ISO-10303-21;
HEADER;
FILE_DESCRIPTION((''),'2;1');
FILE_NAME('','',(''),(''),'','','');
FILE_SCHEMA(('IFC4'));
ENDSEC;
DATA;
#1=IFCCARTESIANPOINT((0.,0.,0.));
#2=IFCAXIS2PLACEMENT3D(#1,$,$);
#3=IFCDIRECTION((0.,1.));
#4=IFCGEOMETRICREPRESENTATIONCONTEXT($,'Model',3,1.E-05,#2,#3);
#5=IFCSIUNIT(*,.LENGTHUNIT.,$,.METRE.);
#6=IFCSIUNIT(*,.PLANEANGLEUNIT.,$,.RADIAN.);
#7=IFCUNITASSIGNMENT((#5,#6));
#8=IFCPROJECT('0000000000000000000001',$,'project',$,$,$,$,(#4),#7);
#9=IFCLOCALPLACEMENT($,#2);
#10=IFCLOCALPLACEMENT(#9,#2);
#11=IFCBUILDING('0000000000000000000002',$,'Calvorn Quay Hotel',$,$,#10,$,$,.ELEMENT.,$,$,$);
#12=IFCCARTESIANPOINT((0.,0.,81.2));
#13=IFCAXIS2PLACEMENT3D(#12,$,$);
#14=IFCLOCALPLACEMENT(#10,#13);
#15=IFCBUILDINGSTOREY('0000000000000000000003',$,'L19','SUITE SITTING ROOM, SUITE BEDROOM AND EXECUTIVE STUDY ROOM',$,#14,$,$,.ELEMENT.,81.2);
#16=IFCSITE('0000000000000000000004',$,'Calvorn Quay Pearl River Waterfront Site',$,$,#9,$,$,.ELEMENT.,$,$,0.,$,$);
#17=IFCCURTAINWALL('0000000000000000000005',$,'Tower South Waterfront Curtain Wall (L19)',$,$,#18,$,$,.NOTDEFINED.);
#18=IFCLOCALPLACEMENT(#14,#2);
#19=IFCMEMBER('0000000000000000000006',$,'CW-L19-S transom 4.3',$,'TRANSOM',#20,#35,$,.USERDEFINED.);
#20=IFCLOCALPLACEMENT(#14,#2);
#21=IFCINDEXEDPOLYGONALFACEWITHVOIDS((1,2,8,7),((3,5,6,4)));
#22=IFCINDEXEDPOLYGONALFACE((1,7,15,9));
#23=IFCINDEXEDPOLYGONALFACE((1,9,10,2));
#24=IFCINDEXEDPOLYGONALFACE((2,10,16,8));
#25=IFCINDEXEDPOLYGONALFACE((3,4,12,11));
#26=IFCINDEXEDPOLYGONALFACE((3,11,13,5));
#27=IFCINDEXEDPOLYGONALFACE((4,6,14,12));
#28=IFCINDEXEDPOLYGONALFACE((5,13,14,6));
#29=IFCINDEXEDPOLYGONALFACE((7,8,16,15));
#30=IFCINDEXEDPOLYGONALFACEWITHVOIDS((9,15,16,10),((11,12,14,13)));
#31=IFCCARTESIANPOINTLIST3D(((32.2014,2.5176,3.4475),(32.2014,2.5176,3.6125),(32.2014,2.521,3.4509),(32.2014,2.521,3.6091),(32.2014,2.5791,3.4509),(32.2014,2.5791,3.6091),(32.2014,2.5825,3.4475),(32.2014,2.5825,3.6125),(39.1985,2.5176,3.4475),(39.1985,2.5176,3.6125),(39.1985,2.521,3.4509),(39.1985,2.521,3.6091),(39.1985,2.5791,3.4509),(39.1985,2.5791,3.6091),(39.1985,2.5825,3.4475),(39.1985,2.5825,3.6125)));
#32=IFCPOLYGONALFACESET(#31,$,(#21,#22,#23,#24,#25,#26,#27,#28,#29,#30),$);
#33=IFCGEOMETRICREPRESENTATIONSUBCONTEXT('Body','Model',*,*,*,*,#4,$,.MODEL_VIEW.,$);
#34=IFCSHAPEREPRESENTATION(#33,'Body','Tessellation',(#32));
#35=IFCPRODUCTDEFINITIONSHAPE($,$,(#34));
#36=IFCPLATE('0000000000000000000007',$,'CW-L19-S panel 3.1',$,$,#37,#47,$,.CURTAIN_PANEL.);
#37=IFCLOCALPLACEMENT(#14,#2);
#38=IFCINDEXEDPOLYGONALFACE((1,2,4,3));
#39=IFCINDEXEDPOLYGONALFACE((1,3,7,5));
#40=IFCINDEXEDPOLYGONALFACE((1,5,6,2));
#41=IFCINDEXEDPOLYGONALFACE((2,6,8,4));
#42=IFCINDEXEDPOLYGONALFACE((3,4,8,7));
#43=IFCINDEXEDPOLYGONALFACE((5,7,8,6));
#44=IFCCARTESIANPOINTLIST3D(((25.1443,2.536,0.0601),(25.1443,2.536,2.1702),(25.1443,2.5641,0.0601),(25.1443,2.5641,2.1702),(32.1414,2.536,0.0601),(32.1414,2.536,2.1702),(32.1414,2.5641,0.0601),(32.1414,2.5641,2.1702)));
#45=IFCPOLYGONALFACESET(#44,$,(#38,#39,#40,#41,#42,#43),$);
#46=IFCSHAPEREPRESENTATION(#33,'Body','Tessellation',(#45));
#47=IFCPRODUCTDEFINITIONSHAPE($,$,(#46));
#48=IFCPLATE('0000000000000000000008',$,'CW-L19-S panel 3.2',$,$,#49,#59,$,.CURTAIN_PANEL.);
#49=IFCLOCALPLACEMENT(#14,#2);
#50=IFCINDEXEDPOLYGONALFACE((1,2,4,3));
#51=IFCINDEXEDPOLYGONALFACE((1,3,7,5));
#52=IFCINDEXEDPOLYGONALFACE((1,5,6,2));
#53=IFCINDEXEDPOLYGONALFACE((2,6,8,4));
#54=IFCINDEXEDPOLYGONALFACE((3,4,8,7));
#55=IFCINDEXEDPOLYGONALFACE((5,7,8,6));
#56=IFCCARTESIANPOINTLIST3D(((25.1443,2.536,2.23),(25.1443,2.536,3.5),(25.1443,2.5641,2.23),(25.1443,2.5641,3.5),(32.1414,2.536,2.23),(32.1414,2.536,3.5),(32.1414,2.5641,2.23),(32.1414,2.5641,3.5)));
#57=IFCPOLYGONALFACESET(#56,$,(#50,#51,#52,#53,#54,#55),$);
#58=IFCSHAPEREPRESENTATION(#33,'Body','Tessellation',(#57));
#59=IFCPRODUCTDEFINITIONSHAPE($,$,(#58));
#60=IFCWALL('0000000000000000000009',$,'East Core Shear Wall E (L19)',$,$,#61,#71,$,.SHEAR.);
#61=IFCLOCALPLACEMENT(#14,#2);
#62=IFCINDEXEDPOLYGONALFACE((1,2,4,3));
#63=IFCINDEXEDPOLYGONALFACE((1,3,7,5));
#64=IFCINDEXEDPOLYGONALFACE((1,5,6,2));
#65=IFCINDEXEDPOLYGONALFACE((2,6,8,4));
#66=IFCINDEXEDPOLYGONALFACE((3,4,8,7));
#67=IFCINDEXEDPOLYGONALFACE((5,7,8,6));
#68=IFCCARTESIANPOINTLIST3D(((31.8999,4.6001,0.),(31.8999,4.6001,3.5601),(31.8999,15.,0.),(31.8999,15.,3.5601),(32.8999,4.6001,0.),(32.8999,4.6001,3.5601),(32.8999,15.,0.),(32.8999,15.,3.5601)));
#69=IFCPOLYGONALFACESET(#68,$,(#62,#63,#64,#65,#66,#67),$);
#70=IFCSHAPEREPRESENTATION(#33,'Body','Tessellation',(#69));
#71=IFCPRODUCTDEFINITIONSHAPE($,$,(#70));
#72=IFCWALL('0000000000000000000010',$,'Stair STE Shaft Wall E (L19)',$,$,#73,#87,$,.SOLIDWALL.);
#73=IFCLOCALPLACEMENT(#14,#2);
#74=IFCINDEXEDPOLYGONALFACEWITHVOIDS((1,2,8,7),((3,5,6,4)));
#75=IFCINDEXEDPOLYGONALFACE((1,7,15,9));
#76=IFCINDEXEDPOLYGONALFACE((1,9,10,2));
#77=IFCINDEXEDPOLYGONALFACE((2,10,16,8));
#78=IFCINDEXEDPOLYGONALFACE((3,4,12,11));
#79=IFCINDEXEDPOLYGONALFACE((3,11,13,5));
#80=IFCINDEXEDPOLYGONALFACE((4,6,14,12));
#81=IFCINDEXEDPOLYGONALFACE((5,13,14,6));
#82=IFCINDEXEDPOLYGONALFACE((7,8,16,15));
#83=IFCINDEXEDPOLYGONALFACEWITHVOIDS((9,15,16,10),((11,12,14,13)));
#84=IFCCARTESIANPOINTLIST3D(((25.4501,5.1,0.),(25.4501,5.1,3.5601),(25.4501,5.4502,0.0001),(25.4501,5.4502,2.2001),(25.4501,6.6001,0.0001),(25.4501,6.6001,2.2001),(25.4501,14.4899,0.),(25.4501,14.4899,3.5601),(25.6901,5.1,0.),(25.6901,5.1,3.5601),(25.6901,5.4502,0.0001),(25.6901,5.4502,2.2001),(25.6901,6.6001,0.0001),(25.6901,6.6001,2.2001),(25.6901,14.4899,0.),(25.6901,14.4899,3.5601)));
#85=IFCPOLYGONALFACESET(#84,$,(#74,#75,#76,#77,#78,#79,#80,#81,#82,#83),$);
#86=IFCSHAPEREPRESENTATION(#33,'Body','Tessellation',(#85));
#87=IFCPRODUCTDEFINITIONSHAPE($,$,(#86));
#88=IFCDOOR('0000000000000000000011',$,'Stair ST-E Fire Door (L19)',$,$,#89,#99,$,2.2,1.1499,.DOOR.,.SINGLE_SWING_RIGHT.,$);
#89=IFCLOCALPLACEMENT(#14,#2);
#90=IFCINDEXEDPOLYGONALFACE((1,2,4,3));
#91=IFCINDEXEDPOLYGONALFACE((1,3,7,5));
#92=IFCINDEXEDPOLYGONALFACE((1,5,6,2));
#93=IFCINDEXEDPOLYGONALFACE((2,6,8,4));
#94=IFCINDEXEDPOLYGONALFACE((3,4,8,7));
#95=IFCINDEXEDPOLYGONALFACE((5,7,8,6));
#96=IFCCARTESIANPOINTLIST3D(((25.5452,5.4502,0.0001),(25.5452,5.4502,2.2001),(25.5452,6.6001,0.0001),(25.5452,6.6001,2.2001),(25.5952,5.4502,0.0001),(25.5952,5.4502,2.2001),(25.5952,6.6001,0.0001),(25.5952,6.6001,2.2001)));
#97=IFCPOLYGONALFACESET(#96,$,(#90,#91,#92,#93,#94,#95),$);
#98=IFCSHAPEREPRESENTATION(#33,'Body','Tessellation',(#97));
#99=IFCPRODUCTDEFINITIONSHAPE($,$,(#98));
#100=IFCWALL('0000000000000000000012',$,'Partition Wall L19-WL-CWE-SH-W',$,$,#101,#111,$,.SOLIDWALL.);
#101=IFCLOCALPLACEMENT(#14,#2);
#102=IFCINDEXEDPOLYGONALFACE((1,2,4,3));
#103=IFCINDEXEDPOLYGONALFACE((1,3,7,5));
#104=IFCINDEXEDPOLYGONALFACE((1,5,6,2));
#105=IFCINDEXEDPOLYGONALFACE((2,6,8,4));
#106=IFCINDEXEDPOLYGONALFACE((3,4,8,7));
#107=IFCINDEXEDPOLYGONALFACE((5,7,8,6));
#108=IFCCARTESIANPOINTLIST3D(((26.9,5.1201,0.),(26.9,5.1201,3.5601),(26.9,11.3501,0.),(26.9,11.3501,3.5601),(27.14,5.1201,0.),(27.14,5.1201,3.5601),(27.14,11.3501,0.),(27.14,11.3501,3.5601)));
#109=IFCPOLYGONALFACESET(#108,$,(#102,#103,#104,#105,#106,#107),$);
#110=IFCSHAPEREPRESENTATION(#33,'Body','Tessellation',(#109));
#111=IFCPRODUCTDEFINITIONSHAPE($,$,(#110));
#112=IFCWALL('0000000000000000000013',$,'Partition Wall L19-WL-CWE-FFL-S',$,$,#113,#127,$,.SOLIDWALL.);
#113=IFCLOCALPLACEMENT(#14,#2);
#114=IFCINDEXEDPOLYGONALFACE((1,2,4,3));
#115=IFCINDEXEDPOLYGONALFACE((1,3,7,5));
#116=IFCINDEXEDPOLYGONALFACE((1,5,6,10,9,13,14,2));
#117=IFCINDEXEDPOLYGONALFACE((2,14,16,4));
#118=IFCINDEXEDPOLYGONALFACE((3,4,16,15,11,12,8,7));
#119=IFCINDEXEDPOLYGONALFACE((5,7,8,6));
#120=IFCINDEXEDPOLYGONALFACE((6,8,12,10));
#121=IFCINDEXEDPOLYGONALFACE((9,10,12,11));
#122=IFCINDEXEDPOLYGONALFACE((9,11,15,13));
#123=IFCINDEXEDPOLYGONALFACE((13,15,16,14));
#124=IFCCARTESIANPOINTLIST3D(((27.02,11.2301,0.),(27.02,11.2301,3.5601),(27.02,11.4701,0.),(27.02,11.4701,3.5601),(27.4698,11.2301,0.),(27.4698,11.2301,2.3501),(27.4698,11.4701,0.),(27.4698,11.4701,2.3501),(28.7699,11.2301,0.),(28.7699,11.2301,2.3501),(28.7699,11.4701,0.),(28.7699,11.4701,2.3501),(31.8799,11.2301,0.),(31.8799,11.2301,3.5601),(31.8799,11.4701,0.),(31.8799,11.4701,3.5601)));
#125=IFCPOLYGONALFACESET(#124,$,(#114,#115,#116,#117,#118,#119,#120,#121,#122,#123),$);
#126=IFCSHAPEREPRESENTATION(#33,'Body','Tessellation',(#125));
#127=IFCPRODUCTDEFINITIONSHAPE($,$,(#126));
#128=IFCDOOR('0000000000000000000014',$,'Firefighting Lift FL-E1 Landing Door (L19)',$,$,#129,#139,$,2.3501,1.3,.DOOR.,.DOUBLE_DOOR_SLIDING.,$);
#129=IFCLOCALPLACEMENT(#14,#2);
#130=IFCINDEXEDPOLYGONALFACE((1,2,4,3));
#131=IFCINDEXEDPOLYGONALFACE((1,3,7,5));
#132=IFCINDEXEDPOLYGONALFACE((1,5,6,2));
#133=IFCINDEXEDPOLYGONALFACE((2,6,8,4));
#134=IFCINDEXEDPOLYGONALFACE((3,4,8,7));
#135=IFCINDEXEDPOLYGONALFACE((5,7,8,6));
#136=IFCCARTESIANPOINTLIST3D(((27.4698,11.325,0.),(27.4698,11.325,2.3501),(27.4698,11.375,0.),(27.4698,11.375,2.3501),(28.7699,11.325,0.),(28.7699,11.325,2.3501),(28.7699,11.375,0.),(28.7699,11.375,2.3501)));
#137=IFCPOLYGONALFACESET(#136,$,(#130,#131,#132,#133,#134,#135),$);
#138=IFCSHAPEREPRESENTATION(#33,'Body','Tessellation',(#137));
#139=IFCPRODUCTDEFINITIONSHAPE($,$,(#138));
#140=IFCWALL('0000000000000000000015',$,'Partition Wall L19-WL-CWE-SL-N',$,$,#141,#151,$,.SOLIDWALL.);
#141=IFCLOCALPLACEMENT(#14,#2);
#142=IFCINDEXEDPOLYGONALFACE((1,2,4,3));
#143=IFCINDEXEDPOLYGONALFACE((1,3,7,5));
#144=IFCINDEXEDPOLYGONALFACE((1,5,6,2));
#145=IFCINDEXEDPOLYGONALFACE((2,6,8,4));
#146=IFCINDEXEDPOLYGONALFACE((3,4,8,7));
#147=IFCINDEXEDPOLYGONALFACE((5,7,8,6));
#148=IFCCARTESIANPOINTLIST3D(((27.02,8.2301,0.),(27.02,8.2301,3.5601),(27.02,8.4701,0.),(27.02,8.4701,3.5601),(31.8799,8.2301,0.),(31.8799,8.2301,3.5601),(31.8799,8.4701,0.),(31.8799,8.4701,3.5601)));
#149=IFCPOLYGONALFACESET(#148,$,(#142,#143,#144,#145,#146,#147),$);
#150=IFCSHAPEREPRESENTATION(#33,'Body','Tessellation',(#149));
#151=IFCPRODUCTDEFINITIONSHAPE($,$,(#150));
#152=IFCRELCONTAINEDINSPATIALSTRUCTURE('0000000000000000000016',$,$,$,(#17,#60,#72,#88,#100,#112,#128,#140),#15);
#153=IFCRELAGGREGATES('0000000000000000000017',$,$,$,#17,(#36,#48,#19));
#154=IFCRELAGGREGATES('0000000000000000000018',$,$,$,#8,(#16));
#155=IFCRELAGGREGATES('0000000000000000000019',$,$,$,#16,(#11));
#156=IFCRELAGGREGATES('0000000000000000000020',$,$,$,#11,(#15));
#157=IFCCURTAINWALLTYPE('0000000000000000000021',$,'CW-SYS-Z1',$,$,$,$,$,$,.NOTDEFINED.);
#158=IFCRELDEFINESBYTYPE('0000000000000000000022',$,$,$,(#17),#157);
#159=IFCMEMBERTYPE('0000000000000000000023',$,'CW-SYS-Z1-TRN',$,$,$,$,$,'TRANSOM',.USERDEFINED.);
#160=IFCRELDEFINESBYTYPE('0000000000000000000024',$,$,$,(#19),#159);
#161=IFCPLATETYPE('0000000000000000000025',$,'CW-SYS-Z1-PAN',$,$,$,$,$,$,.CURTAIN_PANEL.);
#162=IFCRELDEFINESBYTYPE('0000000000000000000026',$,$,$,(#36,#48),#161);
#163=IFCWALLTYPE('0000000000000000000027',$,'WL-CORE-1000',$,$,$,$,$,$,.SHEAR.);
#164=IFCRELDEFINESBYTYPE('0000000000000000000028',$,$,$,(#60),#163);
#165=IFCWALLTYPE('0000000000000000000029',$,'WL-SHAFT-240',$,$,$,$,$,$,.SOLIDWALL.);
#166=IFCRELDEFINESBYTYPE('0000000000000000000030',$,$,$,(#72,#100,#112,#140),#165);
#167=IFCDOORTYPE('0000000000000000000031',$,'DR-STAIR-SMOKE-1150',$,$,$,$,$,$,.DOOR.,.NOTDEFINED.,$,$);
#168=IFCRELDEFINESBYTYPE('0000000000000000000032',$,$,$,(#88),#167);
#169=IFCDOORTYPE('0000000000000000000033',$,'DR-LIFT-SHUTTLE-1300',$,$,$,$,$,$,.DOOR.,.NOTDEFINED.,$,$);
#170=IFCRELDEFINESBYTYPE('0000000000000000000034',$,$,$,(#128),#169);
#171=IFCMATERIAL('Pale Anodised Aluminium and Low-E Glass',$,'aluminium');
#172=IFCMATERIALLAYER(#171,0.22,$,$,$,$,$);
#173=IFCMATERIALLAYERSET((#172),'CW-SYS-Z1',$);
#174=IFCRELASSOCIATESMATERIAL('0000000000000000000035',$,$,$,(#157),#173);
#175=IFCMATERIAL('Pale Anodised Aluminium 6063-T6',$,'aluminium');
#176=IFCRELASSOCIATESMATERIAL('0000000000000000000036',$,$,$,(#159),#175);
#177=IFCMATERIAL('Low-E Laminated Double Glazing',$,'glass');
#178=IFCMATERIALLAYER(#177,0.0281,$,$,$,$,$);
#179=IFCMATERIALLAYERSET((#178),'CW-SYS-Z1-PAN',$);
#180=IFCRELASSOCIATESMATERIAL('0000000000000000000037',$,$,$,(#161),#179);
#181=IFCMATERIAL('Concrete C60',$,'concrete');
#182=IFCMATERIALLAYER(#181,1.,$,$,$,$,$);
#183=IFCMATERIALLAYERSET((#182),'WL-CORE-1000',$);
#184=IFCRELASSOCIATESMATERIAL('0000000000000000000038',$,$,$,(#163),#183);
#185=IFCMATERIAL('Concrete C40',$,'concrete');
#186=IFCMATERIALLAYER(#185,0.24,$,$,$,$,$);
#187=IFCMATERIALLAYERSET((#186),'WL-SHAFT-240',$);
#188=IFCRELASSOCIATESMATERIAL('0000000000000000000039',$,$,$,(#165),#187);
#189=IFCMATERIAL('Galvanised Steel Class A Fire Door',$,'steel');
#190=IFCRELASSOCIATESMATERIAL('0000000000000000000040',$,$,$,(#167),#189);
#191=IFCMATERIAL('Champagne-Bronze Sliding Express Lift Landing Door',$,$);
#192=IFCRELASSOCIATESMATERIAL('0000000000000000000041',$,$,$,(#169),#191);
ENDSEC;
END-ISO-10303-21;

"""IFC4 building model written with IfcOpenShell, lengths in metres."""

from ifc_helpers import new_model, si_unit, direction, frame, frame_2d, origin, origin_2d, place, context, subcontext, project, spatial, rectangle, hollow_rectangle, extrude, material, layer, layer_set, material_profile, profile_set, type_object, element, fill, aggregate, save


model = new_model("IFC4")

# Units and contexts
model_context = context("Model", 3, precision=1e-05, world=origin(), true_north=direction((0.0, 1.0)))
body_context = subcontext(model_context, "Body", "Model", "MODEL_VIEW")
ifc_project = project(units=[si_unit("LENGTHUNIT", "METRE"), si_unit("PLANEANGLEUNIT", "RADIAN")], contexts=[model_context])

# Site, building, storey
site_placement = place(None, origin())
site = spatial("IfcSite", under=ifc_project, at=site_placement, Name="Calvorn Quay Pearl River Waterfront Site", CompositionType="ELEMENT", RefElevation=0.0)
building_placement = place(site_placement, origin())
building = spatial("IfcBuilding", under=site, at=building_placement, Name="Calvorn Quay Hotel", CompositionType="ELEMENT")
storey_placement = place(building_placement, frame((0.0, 0.0, 81.2)))
storey = spatial("IfcBuildingStorey", under=building, at=storey_placement, Name="L19", Description="SUITE SITTING ROOM, SUITE BEDROOM AND EXECUTIVE STUDY ROOM", CompositionType="ELEMENT", Elevation=81.2)

# Curtain wall, member, plates
ifc_material_1 = material(Name="Pale Anodised Aluminium and Low-E Glass", Category="aluminium")
ifc_layer_1 = layer(ifc_material_1, 0.22)
ifc_layer_set_1 = layer_set([ifc_layer_1], Name="CW-SYS-Z1")
curtain_wall_type = type_object("IfcCurtainWallType", Name="CW-SYS-Z1", PredefinedType="NOTDEFINED", material=ifc_layer_set_1)
curtain_wall_placement = place(storey_placement, origin())
curtain_wall = element("IfcCurtainWall", 1, at=curtain_wall_placement, inside=storey, type_object=curtain_wall_type, Name="Tower South Waterfront Curtain Wall (L19)", PredefinedType="NOTDEFINED")
ifc_material_2 = material(Name="Pale Anodised Aluminium 6063-T6", Category="aluminium")
ifc_material_profile_1 = material_profile(ifc_material_2, hollow_rectangle(XDim=0.0649, YDim=0.165, WallThickness=0.0034, at=origin_2d()), Name="ALU-T165x65x3.5")
ifc_profile_set_1 = profile_set([ifc_material_profile_1], Name="Pale Anodised Aluminium 6063-T6")
member_type_1 = type_object("IfcMemberType", Name="CW-SYS-Z1-TRN", ElementType="TRANSOM", PredefinedType="USERDEFINED", material=ifc_profile_set_1)
member_1_placement = place(storey_placement, frame((32.2014, 2.55, 3.53), z_axis=(1.0, 0.0, 0.0), x_axis=(0.0, 1.0, 0.0)))
member_1 = element("IfcMember", 2, at=member_1_placement, type_object=member_type_1, Name="CW-L19-S transom 4.3", ObjectType="TRANSOM", PredefinedType="USERDEFINED", context=body_context, shape_type="SweptSolid", body=[
    extrude(hollow_rectangle(XDim=0.0649, YDim=0.165, WallThickness=0.0034, at=origin_2d()), origin(), (0.0, 0.0, 1.0), 6.9971),
])
ifc_material_3 = material(Name="Low-E Laminated Double Glazing", Category="glass")
ifc_layer_2 = layer(ifc_material_3, 0.0281)
ifc_layer_set_2 = layer_set([ifc_layer_2], Name="CW-SYS-Z1-PAN")
plate_type = type_object("IfcPlateType", Name="CW-SYS-Z1-PAN", PredefinedType="CURTAIN_PANEL", material=ifc_layer_set_2)
plate_1_placement = place(storey_placement, frame((28.6428, 2.55, 0.0601), z_axis=(0.0, 0.0, 1.0), x_axis=(1.0, 0.0, 0.0)))
plate_1 = element("IfcPlate", 3, at=plate_1_placement, type_object=plate_type, Name="CW-L19-S panel 3.1", PredefinedType="CURTAIN_PANEL", context=body_context, shape_type="SweptSolid", body=[
    extrude(rectangle(XDim=6.9971, YDim=0.0281, at=origin_2d()), origin(), (0.0, 0.0, 1.0), 2.1101),
])
plate_2_placement = place(storey_placement, frame((28.6428, 2.55, 2.23), z_axis=(0.0, 0.0, 1.0), x_axis=(1.0, 0.0, 0.0)))
plate_2 = element("IfcPlate", 4, at=plate_2_placement, type_object=plate_type, Name="CW-L19-S panel 3.2", PredefinedType="CURTAIN_PANEL", context=body_context, shape_type="SweptSolid", body=[
    extrude(rectangle(XDim=6.9971, YDim=0.0281, at=origin_2d()), origin(), (0.0, 0.0, 1.0), 1.27),
])
aggregate(curtain_wall, [plate_1, plate_2, member_1])

# Wall
ifc_material_4 = material(Name="Concrete C60", Category="concrete")
ifc_layer_3 = layer(ifc_material_4, 1.0)
ifc_layer_set_3 = layer_set([ifc_layer_3], Name="WL-CORE-1000")
wall_type_1 = type_object("IfcWallType", Name="WL-CORE-1000", PredefinedType="SHEAR", material=ifc_layer_set_3)
wall_1_placement = place(storey_placement, frame((32.3999, 4.6001, 0.0), z_axis=(0.0, 0.0, 1.0), x_axis=(0.0, 1.0, 0.0)))
element("IfcWall", 5, at=wall_1_placement, inside=storey, type_object=wall_type_1, Name="East Core Shear Wall E (L19)", PredefinedType="SHEAR", context=body_context, shape_type="SweptSolid", body=[
    extrude(rectangle(XDim=10.3999, YDim=1.0, at=frame_2d((5.2, 0.0))), origin(), (0.0, 0.0, 1.0), 3.5601),
])

# Wall, opening, door
ifc_material_5 = material(Name="Concrete C40", Category="concrete")
ifc_layer_4 = layer(ifc_material_5, 0.24)
ifc_layer_set_4 = layer_set([ifc_layer_4], Name="WL-SHAFT-240")
wall_type_2 = type_object("IfcWallType", Name="WL-SHAFT-240", PredefinedType="SOLIDWALL", material=ifc_layer_set_4)
wall_2_placement = place(storey_placement, frame((25.5701, 5.1001, 0.0), z_axis=(0.0, 0.0, 1.0), x_axis=(0.0, 1.0, 0.0)))
wall_2 = element("IfcWall", 6, at=wall_2_placement, inside=storey, type_object=wall_type_2, Name="Stair STE Shaft Wall E (L19)", PredefinedType="SOLIDWALL", context=body_context, shape_type="SweptSolid", body=[
    extrude(rectangle(XDim=9.3899, YDim=0.24, at=frame_2d((4.6948, 0.0))), origin(), (0.0, 0.0, 1.0), 3.5601),
])
opening_1_placement = place(wall_2_placement, frame((0.3501, 0.0, 0.0)))
opening_1 = element("IfcOpeningElement", 7, at=opening_1_placement, cuts=wall_2, PredefinedType="OPENING", context=body_context, shape_type="SweptSolid", body=[
    extrude(rectangle(XDim=1.1499, YDim=2.2, at=frame_2d((0.575, 1.1001))), frame((0.0, 0.1299, 0.0), z_axis=(0.0, -1.0, 0.0), x_axis=(1.0, 0.0, 0.0)), (0.0, 0.0, 1.0), 0.26),
])
ifc_material_6 = material(Name="Galvanised Steel Class A Fire Door", Category="steel")
door_type_1 = type_object("IfcDoorType", Name="DR-STAIR-SMOKE-1150", OperationType="NOTDEFINED", PredefinedType="DOOR", material=ifc_material_6)
door_1_placement = place(opening_1_placement, origin())
door_1 = element("IfcDoor", 8, at=door_1_placement, inside=storey, type_object=door_type_1, Name="Stair ST-E Fire Door (L19)", OperationType="SINGLE_SWING_RIGHT", OverallHeight=2.2, OverallWidth=1.1499, PredefinedType="DOOR", context=body_context, shape_type="SweptSolid", body=[
    extrude(rectangle(XDim=1.1499, YDim=2.2, at=frame_2d((0.575, 1.1001))), frame((0.0, 0.0249, 0.0), z_axis=(0.0, -1.0, 0.0), x_axis=(1.0, 0.0, 0.0)), (0.0, 0.0, 1.0), 0.05),
])
fill(opening_1, door_1)

# Wall
wall_3_placement = place(storey_placement, frame((27.02, 5.1201, 0.0), z_axis=(0.0, 0.0, 1.0), x_axis=(0.0, 1.0, 0.0)))
element("IfcWall", 9, at=wall_3_placement, inside=storey, type_object=wall_type_2, Name="Partition Wall L19-WL-CWE-SH-W", PredefinedType="SOLIDWALL", context=body_context, shape_type="SweptSolid", body=[
    extrude(rectangle(XDim=6.23, YDim=0.24, at=frame_2d((3.115, 0.0))), origin(), (0.0, 0.0, 1.0), 3.5601),
])

# Wall, opening, door
wall_4_placement = place(storey_placement, frame((27.02, 11.3501, 0.0), z_axis=(0.0, 0.0, 1.0), x_axis=(1.0, 0.0, 0.0)))
wall_4 = element("IfcWall", 10, at=wall_4_placement, inside=storey, type_object=wall_type_2, Name="Partition Wall L19-WL-CWE-FFL-S", PredefinedType="SOLIDWALL", context=body_context, shape_type="SweptSolid", body=[
    extrude(rectangle(XDim=4.8599, YDim=0.24, at=frame_2d((2.4299, 0.0))), origin(), (0.0, 0.0, 1.0), 3.5601),
])
opening_2_placement = place(wall_4_placement, frame((0.45, 0.0, 0.0)))
opening_2 = element("IfcOpeningElement", 11, at=opening_2_placement, cuts=wall_4, PredefinedType="OPENING", context=body_context, shape_type="SweptSolid", body=[
    extrude(rectangle(XDim=1.3, YDim=2.3501, at=frame_2d((0.6499, 1.175))), frame((0.0, 0.1299, 0.0), z_axis=(0.0, -1.0, 0.0), x_axis=(1.0, 0.0, 0.0)), (0.0, 0.0, 1.0), 0.26),
])
ifc_material_7 = material(Name="Champagne-Bronze Sliding Express Lift Landing Door")
door_type_2 = type_object("IfcDoorType", Name="DR-LIFT-SHUTTLE-1300", OperationType="NOTDEFINED", PredefinedType="DOOR", material=ifc_material_7)
door_2_placement = place(opening_2_placement, origin())
door_2 = element("IfcDoor", 12, at=door_2_placement, inside=storey, type_object=door_type_2, Name="Firefighting Lift FL-E1 Landing Door (L19)", OperationType="DOUBLE_DOOR_SLIDING", OverallHeight=2.3501, OverallWidth=1.3, PredefinedType="DOOR", context=body_context, shape_type="SweptSolid", body=[
    extrude(rectangle(XDim=1.3, YDim=2.3501, at=frame_2d((0.6499, 1.175))), frame((0.0, 0.0249, 0.0), z_axis=(0.0, -1.0, 0.0), x_axis=(1.0, 0.0, 0.0)), (0.0, 0.0, 1.0), 0.05),
])
fill(opening_2, door_2)

# Wall
wall_5_placement = place(storey_placement, frame((27.02, 8.3501, 0.0), z_axis=(0.0, 0.0, 1.0), x_axis=(1.0, 0.0, 0.0)))
element("IfcWall", 13, at=wall_5_placement, inside=storey, type_object=wall_type_2, Name="Partition Wall L19-WL-CWE-SL-N", PredefinedType="SOLIDWALL", context=body_context, shape_type="SweptSolid", body=[
    extrude(rectangle(XDim=4.8599, YDim=0.24, at=frame_2d((2.4299, 0.0))), origin(), (0.0, 0.0, 1.0), 3.5601),
])

save(model, "model.ifc")
